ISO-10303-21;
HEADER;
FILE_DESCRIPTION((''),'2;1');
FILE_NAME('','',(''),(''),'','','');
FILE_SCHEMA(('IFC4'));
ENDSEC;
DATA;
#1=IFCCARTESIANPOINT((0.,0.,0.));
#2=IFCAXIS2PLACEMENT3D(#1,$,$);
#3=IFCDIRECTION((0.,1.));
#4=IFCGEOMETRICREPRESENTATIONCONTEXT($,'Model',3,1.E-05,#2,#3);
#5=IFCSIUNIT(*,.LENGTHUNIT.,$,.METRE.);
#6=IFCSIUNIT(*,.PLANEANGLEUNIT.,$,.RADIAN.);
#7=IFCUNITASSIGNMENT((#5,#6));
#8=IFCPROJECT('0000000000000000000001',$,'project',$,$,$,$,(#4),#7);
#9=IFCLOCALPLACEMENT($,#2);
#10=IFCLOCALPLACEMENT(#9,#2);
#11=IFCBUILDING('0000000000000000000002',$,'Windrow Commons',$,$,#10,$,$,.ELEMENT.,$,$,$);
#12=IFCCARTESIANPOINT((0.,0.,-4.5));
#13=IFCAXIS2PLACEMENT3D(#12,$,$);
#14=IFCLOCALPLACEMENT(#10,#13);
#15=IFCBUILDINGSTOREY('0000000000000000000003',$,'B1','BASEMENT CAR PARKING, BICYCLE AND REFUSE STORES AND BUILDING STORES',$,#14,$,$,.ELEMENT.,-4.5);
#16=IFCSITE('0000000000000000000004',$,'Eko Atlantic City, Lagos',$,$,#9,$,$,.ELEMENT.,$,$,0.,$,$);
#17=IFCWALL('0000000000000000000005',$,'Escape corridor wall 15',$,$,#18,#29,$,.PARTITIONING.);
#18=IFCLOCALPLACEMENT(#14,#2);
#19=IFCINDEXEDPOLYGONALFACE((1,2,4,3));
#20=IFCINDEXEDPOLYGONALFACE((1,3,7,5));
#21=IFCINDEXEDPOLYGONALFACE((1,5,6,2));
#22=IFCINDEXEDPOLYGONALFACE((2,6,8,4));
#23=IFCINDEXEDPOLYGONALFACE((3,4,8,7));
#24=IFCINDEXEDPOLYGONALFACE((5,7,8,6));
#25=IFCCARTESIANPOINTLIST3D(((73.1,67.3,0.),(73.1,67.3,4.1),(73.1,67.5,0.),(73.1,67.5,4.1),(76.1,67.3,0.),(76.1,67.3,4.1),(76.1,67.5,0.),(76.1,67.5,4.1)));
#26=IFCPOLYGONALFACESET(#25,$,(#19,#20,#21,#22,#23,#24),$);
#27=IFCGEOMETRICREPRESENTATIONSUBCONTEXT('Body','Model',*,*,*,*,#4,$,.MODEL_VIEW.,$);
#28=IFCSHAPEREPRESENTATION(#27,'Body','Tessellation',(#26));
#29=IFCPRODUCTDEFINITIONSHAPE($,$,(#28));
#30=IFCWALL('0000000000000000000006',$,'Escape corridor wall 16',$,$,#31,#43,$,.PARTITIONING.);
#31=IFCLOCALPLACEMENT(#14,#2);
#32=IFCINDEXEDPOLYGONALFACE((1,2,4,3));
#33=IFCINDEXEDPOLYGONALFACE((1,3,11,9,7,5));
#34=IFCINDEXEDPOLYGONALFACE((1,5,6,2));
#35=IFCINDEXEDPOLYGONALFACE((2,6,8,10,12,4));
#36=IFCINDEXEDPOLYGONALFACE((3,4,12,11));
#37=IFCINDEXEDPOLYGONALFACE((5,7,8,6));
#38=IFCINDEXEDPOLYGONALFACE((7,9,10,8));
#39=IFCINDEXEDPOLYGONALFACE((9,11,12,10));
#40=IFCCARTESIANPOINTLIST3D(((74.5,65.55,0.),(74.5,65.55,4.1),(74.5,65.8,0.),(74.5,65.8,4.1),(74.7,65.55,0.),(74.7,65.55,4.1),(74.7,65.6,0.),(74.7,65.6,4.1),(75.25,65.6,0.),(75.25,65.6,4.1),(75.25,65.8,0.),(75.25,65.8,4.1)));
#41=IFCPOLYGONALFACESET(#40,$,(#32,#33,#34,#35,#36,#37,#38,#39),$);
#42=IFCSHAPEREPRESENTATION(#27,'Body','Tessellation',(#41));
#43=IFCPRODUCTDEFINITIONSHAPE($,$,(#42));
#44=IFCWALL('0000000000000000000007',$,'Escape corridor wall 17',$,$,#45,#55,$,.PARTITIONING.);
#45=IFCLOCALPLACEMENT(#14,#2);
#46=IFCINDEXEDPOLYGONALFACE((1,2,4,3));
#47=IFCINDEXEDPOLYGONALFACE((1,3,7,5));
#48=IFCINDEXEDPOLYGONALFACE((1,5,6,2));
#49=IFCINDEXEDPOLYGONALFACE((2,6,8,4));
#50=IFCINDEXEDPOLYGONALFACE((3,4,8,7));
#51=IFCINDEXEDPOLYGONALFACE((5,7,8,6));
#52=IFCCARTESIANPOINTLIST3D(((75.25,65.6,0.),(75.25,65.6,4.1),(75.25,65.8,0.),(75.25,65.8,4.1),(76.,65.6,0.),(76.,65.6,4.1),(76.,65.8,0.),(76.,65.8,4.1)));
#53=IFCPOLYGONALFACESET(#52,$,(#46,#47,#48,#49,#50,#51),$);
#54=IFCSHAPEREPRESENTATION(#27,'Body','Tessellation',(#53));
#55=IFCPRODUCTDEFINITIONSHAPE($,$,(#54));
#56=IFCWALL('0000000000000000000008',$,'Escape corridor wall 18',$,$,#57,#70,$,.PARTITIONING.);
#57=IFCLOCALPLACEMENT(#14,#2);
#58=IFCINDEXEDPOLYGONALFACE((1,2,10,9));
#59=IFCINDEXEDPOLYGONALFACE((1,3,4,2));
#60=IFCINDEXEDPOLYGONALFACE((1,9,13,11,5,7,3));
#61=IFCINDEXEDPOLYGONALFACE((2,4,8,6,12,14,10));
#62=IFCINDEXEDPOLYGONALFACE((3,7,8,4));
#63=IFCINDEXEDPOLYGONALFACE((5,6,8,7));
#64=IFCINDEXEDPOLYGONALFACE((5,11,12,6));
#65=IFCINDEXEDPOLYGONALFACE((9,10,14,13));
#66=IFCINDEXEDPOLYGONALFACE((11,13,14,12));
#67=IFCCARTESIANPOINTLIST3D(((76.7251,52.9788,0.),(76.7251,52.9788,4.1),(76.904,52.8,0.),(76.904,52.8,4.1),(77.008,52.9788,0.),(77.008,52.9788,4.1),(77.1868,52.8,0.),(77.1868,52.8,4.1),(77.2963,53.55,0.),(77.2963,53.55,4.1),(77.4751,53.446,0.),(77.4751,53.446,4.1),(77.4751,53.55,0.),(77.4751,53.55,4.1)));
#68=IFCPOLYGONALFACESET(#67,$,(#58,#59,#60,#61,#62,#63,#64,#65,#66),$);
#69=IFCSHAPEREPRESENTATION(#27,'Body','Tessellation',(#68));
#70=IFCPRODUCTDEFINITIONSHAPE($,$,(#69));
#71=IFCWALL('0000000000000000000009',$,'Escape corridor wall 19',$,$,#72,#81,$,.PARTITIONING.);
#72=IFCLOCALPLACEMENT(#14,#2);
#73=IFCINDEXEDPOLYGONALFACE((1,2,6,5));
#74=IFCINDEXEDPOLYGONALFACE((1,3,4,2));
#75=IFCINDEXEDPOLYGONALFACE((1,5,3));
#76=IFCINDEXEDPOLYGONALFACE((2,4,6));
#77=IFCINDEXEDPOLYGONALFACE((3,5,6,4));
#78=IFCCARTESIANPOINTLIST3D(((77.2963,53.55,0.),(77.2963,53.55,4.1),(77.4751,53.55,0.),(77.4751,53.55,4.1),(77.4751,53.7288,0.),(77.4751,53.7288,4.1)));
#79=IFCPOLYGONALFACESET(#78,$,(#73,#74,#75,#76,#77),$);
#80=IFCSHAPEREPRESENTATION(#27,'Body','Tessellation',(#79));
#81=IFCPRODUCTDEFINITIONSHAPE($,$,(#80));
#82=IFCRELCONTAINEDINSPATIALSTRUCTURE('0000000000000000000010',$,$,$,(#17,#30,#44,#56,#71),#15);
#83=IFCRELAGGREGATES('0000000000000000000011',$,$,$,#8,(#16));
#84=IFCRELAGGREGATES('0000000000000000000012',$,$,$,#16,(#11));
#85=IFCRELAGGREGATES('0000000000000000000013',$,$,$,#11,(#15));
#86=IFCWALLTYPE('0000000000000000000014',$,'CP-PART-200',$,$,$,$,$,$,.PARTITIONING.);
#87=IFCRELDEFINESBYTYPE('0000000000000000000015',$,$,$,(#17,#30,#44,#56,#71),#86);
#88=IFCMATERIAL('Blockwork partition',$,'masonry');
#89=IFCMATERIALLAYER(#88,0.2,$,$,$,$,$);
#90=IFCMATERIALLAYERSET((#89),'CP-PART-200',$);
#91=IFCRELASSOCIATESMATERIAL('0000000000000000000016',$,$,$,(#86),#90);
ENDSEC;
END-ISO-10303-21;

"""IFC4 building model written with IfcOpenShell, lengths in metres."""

from ifc_helpers import new_model, si_unit, direction, frame, origin, place, context, subcontext, project, spatial, polyline, outline, extrude, material, layer, layer_set, type_object, element, save


model = new_model("IFC4")

# Units and contexts
model_context = context("Model", 3, precision=1e-05, world=origin(), true_north=direction((0.0, 1.0)))
body_context = subcontext(model_context, "Body", "Model", "MODEL_VIEW")
ifc_project = project(units=[si_unit("LENGTHUNIT", "METRE"), si_unit("PLANEANGLEUNIT", "RADIAN")], contexts=[model_context])

# Site, building, storey
site_placement = place(None, origin())
site = spatial("IfcSite", under=ifc_project, at=site_placement, Name="Eko Atlantic City, Lagos", CompositionType="ELEMENT", RefElevation=0.0)
building_placement = place(site_placement, origin())
building = spatial("IfcBuilding", under=site, at=building_placement, Name="Windrow Commons", CompositionType="ELEMENT")
storey_placement = place(building_placement, frame((0.0, 0.0, -4.5)))
storey = spatial("IfcBuildingStorey", under=building, at=storey_placement, Name="B1", Description="BASEMENT CAR PARKING, BICYCLE AND REFUSE STORES AND BUILDING STORES", CompositionType="ELEMENT", Elevation=-4.5)

# Shared definitions
placement_1 = place(storey_placement, origin())

# Walls
ifc_material_1 = material(Name="Blockwork partition", Category="masonry")
ifc_layer_1 = layer(ifc_material_1, 0.2)
ifc_layer_set_1 = layer_set([ifc_layer_1], Name="CP-PART-200")
wall_type = type_object("IfcWallType", Name="CP-PART-200", PredefinedType="PARTITIONING", material=ifc_layer_set_1)
element("IfcWall", 1, at=placement_1, inside=storey, type_object=wall_type, Name="Escape corridor wall 15", PredefinedType="PARTITIONING", context=body_context, shape_type="SweptSolid", body=[
    extrude(outline(polyline([(76.1, 67.3), (76.1, 67.5), (73.1, 67.5), (73.1, 67.3), (76.1, 67.3)])), origin(), (0.0, 0.0, 1.0), 4.1),
])
element("IfcWall", 2, at=placement_1, inside=storey, type_object=wall_type, Name="Escape corridor wall 16", PredefinedType="PARTITIONING", context=body_context, shape_type="SweptSolid", body=[
    extrude(outline(polyline([(74.7, 65.6), (75.25, 65.6), (75.25, 65.8), (74.5, 65.8), (74.5, 65.55), (74.7, 65.55), (74.7, 65.6)])), origin(), (0.0, 0.0, 1.0), 4.1),
])
element("IfcWall", 3, at=placement_1, inside=storey, type_object=wall_type, Name="Escape corridor wall 17", PredefinedType="PARTITIONING", context=body_context, shape_type="SweptSolid", body=[
    extrude(outline(polyline([(76.0, 65.6), (76.0, 65.8), (75.25, 65.8), (75.25, 65.6), (76.0, 65.6)])), origin(), (0.0, 0.0, 1.0), 4.1),
])
element("IfcWall", 4, at=placement_1, inside=storey, type_object=wall_type, Name="Escape corridor wall 18", PredefinedType="PARTITIONING", context=body_context, shape_type="SweptSolid", body=[
    extrude(outline(polyline([(76.904, 52.8), (77.1868, 52.8), (77.008, 52.9788), (77.4751, 53.446), (77.4751, 53.55), (77.2963, 53.55), (76.7251, 52.9788), (76.904, 52.8)])), origin(), (0.0, 0.0, 1.0), 4.1),
])
element("IfcWall", 5, at=placement_1, inside=storey, type_object=wall_type, Name="Escape corridor wall 19", PredefinedType="PARTITIONING", context=body_context, shape_type="SweptSolid", body=[
    extrude(outline(polyline([(77.4751, 53.7288), (77.2963, 53.55), (77.4751, 53.55), (77.4751, 53.7288)])), origin(), (0.0, 0.0, 1.0), 4.1),
])

save(model, "model.ifc")
